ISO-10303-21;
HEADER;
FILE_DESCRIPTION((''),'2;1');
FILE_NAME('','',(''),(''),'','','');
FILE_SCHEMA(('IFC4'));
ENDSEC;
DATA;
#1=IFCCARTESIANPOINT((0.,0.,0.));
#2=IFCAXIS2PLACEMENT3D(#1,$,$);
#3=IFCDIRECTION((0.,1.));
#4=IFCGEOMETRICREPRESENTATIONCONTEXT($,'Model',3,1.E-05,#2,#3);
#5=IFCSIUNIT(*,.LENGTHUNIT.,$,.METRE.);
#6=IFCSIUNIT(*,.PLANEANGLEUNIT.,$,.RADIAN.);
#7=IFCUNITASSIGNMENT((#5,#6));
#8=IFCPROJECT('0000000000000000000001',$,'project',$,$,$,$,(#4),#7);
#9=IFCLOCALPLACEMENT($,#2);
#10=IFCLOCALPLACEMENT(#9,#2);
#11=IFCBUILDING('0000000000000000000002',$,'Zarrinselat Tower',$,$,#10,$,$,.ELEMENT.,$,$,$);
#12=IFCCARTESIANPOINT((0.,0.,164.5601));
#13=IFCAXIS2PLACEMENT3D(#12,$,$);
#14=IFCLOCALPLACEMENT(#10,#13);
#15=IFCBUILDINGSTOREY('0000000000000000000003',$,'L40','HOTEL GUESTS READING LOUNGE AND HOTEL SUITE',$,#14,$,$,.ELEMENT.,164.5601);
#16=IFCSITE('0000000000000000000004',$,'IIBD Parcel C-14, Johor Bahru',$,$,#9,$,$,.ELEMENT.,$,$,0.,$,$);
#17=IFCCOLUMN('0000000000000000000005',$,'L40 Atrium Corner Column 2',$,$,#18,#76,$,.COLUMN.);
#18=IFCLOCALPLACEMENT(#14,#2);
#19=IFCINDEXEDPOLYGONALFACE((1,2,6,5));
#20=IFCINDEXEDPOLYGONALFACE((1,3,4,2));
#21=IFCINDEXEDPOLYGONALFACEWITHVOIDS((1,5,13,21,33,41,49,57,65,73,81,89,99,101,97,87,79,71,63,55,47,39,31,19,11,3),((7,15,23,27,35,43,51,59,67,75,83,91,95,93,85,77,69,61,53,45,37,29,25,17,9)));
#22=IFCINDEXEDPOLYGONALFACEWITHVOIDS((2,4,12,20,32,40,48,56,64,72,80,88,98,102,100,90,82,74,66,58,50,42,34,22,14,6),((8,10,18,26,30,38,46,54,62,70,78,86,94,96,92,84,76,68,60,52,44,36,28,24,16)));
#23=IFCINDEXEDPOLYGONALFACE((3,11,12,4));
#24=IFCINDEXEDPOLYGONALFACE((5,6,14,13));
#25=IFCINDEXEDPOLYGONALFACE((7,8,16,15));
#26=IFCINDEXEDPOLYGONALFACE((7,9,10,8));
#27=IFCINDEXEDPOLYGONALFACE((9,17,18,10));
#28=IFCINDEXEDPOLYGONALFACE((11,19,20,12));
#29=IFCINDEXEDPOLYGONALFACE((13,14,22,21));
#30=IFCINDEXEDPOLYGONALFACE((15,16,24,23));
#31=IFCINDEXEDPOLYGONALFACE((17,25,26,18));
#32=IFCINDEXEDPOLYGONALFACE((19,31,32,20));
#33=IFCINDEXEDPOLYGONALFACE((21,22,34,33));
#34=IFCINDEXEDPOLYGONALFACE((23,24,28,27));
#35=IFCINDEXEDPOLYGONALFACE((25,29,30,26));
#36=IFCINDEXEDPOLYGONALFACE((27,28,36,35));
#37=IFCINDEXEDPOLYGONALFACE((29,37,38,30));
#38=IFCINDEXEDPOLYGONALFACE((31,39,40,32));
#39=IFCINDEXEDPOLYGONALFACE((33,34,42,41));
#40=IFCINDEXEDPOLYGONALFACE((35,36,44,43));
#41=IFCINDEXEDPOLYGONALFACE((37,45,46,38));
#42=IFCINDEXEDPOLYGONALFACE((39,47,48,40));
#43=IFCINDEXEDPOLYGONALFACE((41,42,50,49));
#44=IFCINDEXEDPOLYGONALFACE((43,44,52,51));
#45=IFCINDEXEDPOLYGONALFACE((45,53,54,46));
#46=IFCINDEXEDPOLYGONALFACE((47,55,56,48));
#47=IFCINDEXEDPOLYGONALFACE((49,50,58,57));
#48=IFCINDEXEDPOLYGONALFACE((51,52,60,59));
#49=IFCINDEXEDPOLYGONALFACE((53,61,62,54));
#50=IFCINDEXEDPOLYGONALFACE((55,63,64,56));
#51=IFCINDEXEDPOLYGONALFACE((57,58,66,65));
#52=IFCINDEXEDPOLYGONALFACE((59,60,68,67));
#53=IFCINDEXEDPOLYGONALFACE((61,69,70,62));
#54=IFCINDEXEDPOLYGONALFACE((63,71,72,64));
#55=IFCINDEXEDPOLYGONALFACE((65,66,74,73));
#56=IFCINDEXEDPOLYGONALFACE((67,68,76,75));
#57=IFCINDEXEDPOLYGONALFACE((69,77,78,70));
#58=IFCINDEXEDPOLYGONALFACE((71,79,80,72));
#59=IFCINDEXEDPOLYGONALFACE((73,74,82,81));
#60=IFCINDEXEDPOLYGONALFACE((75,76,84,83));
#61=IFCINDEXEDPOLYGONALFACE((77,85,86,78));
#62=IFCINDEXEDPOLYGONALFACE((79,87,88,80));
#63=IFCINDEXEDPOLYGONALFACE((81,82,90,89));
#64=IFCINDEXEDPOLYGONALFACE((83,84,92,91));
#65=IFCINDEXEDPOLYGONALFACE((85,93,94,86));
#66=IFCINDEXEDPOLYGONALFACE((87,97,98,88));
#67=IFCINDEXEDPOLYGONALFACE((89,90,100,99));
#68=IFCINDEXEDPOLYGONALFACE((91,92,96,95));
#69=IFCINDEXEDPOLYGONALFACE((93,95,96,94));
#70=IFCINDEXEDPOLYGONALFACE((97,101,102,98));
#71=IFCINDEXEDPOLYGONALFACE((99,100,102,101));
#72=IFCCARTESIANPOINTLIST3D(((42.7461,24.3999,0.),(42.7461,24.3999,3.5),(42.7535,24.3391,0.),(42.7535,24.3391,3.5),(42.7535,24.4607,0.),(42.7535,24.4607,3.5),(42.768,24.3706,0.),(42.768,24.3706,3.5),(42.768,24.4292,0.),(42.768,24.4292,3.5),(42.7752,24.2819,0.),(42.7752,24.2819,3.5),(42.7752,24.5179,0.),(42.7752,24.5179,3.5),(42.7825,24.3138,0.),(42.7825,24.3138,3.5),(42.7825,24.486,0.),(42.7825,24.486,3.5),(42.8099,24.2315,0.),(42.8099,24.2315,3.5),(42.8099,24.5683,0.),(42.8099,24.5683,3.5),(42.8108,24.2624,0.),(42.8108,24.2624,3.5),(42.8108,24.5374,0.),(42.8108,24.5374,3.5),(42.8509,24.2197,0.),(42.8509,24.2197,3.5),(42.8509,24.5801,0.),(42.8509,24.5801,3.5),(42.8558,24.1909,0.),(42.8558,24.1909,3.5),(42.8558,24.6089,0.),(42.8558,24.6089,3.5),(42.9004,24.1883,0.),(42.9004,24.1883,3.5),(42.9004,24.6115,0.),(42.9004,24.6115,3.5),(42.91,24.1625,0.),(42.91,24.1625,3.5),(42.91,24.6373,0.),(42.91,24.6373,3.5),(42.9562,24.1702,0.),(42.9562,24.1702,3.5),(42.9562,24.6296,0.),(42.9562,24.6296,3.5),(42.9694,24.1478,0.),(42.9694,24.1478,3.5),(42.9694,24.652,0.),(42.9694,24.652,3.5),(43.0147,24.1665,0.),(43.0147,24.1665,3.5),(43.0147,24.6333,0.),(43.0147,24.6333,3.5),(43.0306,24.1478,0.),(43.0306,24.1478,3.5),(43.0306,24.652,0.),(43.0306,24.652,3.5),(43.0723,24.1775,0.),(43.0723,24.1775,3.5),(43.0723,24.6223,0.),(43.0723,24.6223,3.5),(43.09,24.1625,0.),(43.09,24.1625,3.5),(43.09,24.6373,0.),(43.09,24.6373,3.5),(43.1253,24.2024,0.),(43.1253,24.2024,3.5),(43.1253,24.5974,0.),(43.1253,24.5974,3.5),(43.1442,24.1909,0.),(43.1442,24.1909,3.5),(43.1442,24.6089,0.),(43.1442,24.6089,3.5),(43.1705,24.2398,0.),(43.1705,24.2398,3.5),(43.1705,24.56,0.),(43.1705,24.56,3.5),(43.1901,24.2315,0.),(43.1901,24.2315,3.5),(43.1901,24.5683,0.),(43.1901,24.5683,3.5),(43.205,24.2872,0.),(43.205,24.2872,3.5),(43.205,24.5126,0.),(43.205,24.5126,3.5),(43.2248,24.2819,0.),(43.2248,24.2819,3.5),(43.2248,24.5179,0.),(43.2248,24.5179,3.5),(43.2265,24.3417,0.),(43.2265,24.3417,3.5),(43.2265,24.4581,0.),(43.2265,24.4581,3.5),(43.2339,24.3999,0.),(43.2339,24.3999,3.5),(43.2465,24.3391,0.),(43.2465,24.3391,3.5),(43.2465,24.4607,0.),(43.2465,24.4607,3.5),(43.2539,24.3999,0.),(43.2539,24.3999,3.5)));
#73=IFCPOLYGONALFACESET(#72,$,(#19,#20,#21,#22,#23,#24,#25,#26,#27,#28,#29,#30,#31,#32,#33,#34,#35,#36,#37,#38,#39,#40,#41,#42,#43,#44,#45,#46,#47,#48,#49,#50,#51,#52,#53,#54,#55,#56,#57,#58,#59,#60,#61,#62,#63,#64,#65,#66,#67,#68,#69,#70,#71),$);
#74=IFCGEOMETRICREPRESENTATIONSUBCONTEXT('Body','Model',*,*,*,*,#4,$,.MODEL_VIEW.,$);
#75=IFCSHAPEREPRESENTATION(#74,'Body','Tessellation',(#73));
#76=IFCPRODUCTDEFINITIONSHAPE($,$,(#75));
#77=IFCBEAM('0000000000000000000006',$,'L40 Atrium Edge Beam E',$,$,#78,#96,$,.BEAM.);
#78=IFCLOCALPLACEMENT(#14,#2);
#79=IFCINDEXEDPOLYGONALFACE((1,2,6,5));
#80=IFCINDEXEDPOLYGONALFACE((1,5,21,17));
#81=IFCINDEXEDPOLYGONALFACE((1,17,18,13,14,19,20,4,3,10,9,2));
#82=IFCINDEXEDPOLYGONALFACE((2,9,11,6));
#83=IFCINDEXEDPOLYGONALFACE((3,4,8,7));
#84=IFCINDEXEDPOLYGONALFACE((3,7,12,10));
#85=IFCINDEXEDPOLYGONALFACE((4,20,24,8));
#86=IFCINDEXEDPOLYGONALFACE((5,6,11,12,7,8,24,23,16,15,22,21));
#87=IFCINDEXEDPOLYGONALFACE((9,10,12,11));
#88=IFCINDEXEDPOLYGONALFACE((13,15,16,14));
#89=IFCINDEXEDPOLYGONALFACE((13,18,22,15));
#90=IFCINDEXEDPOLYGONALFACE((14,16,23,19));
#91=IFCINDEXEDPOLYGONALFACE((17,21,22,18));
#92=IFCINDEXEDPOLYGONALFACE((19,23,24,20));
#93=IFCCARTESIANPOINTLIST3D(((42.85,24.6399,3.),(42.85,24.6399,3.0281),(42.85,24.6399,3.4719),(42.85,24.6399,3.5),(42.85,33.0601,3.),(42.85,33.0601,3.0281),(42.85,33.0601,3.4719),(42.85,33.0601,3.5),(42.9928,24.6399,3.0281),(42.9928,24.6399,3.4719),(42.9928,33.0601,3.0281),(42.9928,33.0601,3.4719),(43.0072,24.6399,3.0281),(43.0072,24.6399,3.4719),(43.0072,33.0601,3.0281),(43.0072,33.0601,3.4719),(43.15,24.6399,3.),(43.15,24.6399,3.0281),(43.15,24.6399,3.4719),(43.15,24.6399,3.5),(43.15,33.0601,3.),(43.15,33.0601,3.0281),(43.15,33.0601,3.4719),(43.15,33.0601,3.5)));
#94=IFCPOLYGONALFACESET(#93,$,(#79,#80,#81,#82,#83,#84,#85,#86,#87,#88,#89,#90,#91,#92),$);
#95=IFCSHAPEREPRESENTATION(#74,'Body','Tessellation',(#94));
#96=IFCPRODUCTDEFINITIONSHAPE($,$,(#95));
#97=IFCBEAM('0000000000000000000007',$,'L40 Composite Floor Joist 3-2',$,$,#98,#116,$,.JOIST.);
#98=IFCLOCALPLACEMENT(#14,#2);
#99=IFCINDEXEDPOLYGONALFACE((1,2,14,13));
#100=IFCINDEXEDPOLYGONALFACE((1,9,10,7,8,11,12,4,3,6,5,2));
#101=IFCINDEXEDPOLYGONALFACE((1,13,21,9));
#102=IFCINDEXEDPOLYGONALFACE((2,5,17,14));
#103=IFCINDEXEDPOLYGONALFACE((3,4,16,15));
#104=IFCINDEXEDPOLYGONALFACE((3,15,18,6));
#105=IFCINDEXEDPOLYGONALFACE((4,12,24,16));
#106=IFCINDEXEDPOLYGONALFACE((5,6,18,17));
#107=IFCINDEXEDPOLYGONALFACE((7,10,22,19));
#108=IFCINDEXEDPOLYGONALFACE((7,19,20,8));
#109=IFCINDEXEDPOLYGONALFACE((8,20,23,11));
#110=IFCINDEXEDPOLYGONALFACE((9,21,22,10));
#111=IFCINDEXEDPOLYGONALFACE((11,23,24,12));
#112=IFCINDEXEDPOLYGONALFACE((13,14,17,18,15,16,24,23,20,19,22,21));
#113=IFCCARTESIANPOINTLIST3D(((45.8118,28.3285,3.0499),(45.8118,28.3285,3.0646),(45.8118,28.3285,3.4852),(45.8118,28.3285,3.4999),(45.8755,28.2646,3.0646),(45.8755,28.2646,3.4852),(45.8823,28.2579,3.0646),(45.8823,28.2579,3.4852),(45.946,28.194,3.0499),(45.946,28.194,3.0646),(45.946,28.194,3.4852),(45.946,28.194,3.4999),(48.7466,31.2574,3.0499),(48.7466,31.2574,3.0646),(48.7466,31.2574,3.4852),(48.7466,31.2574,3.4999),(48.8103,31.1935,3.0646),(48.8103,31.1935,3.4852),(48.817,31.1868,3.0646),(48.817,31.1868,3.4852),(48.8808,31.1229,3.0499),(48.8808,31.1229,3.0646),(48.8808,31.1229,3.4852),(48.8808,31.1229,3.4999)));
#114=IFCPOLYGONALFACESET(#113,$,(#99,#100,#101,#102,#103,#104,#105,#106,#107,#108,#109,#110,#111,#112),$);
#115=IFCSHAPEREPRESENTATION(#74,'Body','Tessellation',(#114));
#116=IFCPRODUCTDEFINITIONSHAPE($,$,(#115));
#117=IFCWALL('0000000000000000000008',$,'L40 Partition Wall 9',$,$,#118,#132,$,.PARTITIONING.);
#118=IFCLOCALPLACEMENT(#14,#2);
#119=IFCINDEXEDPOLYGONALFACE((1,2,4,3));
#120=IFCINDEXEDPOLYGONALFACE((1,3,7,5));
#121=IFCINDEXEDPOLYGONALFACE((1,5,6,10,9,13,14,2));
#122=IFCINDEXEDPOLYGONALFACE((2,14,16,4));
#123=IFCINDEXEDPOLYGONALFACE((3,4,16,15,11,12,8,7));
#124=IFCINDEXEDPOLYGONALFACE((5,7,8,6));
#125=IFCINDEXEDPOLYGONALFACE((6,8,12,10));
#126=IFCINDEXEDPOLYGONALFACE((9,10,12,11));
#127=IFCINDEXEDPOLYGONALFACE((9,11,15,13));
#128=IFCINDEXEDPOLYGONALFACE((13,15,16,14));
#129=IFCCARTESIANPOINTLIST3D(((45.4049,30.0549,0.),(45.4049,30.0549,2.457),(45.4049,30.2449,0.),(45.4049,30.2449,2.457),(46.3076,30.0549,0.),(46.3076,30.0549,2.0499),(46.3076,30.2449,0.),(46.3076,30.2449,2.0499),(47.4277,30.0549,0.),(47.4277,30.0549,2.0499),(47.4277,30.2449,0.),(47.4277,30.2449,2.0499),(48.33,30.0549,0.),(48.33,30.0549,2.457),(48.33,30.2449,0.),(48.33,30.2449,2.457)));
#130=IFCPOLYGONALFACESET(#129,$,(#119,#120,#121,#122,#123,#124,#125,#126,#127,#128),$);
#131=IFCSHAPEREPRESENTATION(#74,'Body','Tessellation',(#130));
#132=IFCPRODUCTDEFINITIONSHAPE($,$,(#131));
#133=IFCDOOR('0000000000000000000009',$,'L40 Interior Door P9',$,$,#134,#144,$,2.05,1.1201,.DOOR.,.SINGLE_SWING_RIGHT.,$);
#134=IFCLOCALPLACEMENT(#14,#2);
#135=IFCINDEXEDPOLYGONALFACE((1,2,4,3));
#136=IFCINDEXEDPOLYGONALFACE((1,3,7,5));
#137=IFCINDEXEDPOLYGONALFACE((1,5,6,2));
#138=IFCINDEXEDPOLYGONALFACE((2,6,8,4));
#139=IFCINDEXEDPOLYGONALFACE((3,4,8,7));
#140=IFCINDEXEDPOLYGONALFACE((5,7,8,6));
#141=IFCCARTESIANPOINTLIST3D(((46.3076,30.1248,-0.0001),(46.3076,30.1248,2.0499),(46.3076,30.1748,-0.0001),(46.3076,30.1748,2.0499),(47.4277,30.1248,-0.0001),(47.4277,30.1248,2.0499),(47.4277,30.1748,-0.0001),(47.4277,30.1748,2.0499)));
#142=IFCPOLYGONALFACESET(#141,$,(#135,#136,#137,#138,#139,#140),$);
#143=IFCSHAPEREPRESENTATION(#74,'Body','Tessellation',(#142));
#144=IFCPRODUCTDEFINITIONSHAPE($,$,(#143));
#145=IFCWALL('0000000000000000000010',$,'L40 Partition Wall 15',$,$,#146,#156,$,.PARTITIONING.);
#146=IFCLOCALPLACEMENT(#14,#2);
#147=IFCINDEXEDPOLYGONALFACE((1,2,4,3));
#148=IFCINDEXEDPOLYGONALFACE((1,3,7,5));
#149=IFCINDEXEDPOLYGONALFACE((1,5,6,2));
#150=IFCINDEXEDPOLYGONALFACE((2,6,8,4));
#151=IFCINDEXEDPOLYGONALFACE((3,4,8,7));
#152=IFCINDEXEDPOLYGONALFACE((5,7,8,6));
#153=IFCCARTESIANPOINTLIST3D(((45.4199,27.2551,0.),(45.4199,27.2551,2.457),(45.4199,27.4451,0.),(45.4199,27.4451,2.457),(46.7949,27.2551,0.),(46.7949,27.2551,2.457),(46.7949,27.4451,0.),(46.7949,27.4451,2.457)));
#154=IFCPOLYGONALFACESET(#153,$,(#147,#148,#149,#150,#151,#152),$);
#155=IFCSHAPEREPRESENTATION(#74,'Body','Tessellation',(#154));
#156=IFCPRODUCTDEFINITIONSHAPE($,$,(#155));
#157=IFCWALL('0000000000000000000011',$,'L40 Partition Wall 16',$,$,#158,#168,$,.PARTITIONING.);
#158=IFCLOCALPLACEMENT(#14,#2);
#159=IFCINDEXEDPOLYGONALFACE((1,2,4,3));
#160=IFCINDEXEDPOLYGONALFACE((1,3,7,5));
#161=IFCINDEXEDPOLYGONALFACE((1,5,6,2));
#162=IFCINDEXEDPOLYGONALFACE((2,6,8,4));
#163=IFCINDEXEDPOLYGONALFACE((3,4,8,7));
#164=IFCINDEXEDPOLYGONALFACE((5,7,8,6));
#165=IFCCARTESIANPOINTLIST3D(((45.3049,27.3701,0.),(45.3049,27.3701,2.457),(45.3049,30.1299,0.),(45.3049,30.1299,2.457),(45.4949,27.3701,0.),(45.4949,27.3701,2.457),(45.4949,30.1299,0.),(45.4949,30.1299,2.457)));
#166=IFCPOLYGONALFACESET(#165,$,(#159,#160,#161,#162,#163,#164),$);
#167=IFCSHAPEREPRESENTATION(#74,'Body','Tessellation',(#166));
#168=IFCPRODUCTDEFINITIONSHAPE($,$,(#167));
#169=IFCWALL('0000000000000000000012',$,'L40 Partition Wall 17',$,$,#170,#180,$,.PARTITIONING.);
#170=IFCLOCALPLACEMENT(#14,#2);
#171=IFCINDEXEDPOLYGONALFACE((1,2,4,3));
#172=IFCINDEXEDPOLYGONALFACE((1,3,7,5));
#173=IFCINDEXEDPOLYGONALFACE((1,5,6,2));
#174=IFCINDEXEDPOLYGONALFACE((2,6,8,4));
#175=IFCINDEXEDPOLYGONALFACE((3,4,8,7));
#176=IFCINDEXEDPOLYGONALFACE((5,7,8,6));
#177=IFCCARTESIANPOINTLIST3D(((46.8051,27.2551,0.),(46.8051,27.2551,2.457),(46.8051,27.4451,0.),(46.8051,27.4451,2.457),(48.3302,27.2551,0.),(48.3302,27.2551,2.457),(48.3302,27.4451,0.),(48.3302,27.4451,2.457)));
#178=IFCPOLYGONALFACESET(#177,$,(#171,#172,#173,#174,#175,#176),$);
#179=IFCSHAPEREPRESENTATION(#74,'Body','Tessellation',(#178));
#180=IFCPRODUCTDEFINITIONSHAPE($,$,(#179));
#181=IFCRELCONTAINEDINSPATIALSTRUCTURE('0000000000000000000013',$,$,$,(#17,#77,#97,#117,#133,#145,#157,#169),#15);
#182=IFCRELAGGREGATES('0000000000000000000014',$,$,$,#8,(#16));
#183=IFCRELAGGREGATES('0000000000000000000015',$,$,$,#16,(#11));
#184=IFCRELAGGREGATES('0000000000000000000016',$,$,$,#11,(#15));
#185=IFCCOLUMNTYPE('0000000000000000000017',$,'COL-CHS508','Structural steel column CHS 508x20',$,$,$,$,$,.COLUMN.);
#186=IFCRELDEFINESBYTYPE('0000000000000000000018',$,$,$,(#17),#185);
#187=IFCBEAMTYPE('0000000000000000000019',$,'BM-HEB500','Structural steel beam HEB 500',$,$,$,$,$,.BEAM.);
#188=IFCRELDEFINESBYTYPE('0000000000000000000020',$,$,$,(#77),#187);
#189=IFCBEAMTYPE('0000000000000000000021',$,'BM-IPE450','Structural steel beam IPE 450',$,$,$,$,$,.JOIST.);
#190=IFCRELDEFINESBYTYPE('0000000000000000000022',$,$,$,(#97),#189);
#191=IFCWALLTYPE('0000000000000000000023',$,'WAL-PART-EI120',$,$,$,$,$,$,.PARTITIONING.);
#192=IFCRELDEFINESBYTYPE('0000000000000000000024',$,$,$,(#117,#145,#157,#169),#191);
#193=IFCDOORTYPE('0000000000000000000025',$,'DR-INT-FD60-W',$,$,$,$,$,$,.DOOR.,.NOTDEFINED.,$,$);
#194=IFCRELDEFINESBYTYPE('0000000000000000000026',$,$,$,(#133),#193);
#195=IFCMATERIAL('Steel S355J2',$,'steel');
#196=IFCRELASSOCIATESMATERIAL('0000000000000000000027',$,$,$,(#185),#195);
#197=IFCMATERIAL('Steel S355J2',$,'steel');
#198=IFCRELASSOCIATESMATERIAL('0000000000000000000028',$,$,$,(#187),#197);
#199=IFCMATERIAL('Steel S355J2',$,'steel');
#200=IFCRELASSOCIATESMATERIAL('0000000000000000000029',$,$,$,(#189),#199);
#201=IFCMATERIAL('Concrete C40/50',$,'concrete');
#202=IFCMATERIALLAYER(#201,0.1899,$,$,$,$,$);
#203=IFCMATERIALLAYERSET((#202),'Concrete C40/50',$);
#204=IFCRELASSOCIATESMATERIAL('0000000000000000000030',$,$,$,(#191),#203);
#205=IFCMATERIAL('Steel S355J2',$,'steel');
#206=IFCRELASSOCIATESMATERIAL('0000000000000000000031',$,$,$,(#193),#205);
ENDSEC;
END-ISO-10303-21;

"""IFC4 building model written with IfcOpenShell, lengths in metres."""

from ifc_helpers import new_model, si_unit, direction, frame, frame_2d, origin, origin_2d, place, context, subcontext, project, spatial, rectangle, hollow_circle, i_section, extrude, material, layer, layer_set, material_profile, profile_set, type_object, element, fill, save


model = new_model("IFC4")

# Units and contexts
model_context = context("Model", 3, precision=1e-05, world=origin(), true_north=direction((0.0, 1.0)))
body_context = subcontext(model_context, "Body", "Model", "MODEL_VIEW")
ifc_project = project(units=[si_unit("LENGTHUNIT", "METRE"), si_unit("PLANEANGLEUNIT", "RADIAN")], contexts=[model_context])

# Site, building, storey
site_placement = place(None, origin())
site = spatial("IfcSite", under=ifc_project, at=site_placement, Name="IIBD Parcel C-14, Johor Bahru", CompositionType="ELEMENT", RefElevation=0.0)
building_placement = place(site_placement, origin())
building = spatial("IfcBuilding", under=site, at=building_placement, Name="Zarrinselat Tower", CompositionType="ELEMENT")
storey_placement = place(building_placement, frame((0.0, 0.0, 164.5601)))
storey = spatial("IfcBuildingStorey", under=building, at=storey_placement, Name="L40", Description="HOTEL GUESTS READING LOUNGE AND HOTEL SUITE", CompositionType="ELEMENT", Elevation=164.5601)

# Column
ifc_material_1 = material(Name="Steel S355J2", Category="steel")
ifc_material_profile_1 = material_profile(ifc_material_1, hollow_circle(Radius=0.2539, WallThickness=0.02, at=origin_2d()), Name="CHS 508x20")
ifc_profile_set_1 = profile_set([ifc_material_profile_1], Name="Steel S355J2")
column_type = type_object("IfcColumnType", Name="COL-CHS508", Description="Structural steel column CHS 508x20", PredefinedType="COLUMN", material=ifc_profile_set_1)
column_placement = place(storey_placement, frame((43.0, 24.3999, 0.0), z_axis=(0.0, 0.0, 1.0), x_axis=(1.0, 0.0, 0.0)))
element("IfcColumn", 1, at=column_placement, inside=storey, type_object=column_type, Name="L40 Atrium Corner Column 2", PredefinedType="COLUMN", context=body_context, shape_type="SweptSolid", body=[
    extrude(hollow_circle(Radius=0.2539, WallThickness=0.02, at=origin_2d()), origin(), (0.0, 0.0, 1.0), 3.5),
])

# Beams
ifc_material_2 = material(Name="Steel S355J2", Category="steel")
ifc_material_profile_2 = material_profile(ifc_material_2, i_section(OverallWidth=0.3, OverallDepth=0.5, WebThickness=0.0144, FlangeThickness=0.0281, at=origin_2d()), Name="HEB 500")
ifc_profile_set_2 = profile_set([ifc_material_profile_2], Name="Steel S355J2")
beam_type_1 = type_object("IfcBeamType", Name="BM-HEB500", Description="Structural steel beam HEB 500", PredefinedType="BEAM", material=ifc_profile_set_2)
beam_1_placement = place(storey_placement, frame((43.0, 24.6399, 3.25), z_axis=(0.0, 1.0, 0.0), x_axis=(-1.0, 0.0, 0.0)))
element("IfcBeam", 2, at=beam_1_placement, inside=storey, type_object=beam_type_1, Name="L40 Atrium Edge Beam E", PredefinedType="BEAM", context=body_context, shape_type="SweptSolid", body=[
    extrude(i_section(OverallWidth=0.3, OverallDepth=0.5, WebThickness=0.0144, FlangeThickness=0.0281, at=origin_2d()), origin(), (0.0, 0.0, 1.0), 8.4202),
])
ifc_material_3 = material(Name="Steel S355J2", Category="steel")
ifc_material_profile_3 = material_profile(ifc_material_3, i_section(OverallWidth=0.1899, OverallDepth=0.45, WebThickness=0.0095, FlangeThickness=0.0146, at=origin_2d()), Name="IPE 450")
ifc_profile_set_3 = profile_set([ifc_material_profile_3], Name="Steel S355J2")
beam_type_2 = type_object("IfcBeamType", Name="BM-IPE450", Description="Structural steel beam IPE 450", PredefinedType="JOIST", material=ifc_profile_set_3)
beam_2_placement = place(storey_placement, frame((45.8789, 28.2612, 3.2749), z_axis=(0.707813, 0.7064, 0.0), x_axis=(-0.7064, 0.707813, 0.0)))
element("IfcBeam", 3, at=beam_2_placement, inside=storey, type_object=beam_type_2, Name="L40 Composite Floor Joist 3-2", PredefinedType="JOIST", context=body_context, shape_type="SweptSolid", body=[
    extrude(i_section(OverallWidth=0.1899, OverallDepth=0.45, WebThickness=0.0095, FlangeThickness=0.0146, at=origin_2d()), origin(), (0.0, 0.0, 1.0), 4.1462),
])

# Wall, opening, door
ifc_material_4 = material(Name="Concrete C40/50", Category="concrete")
ifc_layer_1 = layer(ifc_material_4, 0.1899)
ifc_layer_set_1 = layer_set([ifc_layer_1], Name="Concrete C40/50")
wall_type_1 = type_object("IfcWallType", Name="WAL-PART-EI120", PredefinedType="PARTITIONING", material=ifc_layer_set_1)
wall_1_placement = place(storey_placement, frame((45.405, 30.1499, 0.0), z_axis=(0.0, 0.0, 1.0), x_axis=(1.0, 0.0, 0.0)))
wall_1 = element("IfcWall", 4, at=wall_1_placement, inside=storey, type_object=wall_type_1, Name="L40 Partition Wall 9", PredefinedType="PARTITIONING", context=body_context, shape_type="SweptSolid", body=[
    extrude(rectangle(XDim=2.925, YDim=0.1899, at=frame_2d((1.4624, 0.0))), origin(), (0.0, 0.0, 1.0), 2.457),
])
opening_1_placement = place(wall_1_placement, frame((0.9026, 0.0, 0.0)))
opening_1 = element("IfcOpeningElement", 5, at=opening_1_placement, cuts=wall_1, PredefinedType="OPENING", context=body_context, shape_type="SweptSolid", body=[
    extrude(rectangle(XDim=1.1201, YDim=2.05, at=frame_2d((0.5601, 1.0249))), frame((0.0, 0.105, 0.0), z_axis=(0.0, -1.0, 0.0), x_axis=(1.0, 0.0, 0.0)), (0.0, 0.0, 1.0), 0.21),
])
ifc_material_5 = material(Name="Steel S355J2", Category="steel")
door_type_1 = type_object("IfcDoorType", Name="DR-INT-FD60-W", OperationType="NOTDEFINED", PredefinedType="DOOR", material=ifc_material_5)
door_1_placement = place(opening_1_placement, origin())
door_1 = element("IfcDoor", 6, at=door_1_placement, inside=storey, type_object=door_type_1, Name="L40 Interior Door P9", OperationType="SINGLE_SWING_RIGHT", OverallHeight=2.05, OverallWidth=1.1201, PredefinedType="DOOR", context=body_context, shape_type="SweptSolid", body=[
    extrude(rectangle(XDim=1.1201, YDim=2.05, at=frame_2d((0.5601, 1.0249))), frame((0.0, 0.0249, 0.0), z_axis=(0.0, -1.0, 0.0), x_axis=(1.0, 0.0, 0.0)), (0.0, 0.0, 1.0), 0.05),
])
fill(opening_1, door_1)

# Walls
wall_2_placement = place(storey_placement, frame((45.4199, 27.3501, 0.0), z_axis=(0.0, 0.0, 1.0), x_axis=(1.0, 0.0, 0.0)))
element("IfcWall", 7, at=wall_2_placement, inside=storey, type_object=wall_type_1, Name="L40 Partition Wall 15", PredefinedType="PARTITIONING", context=body_context, shape_type="SweptSolid", body=[
    extrude(rectangle(XDim=1.375, YDim=0.1899, at=frame_2d((0.6875, 0.0))), origin(), (0.0, 0.0, 1.0), 2.457),
])
wall_3_placement = place(storey_placement, frame((45.3999, 27.3701, 0.0), z_axis=(0.0, 0.0, 1.0), x_axis=(0.0, 1.0, 0.0)))
element("IfcWall", 8, at=wall_3_placement, inside=storey, type_object=wall_type_1, Name="L40 Partition Wall 16", PredefinedType="PARTITIONING", context=body_context, shape_type="SweptSolid", body=[
    extrude(rectangle(XDim=2.7598, YDim=0.1899, at=frame_2d((1.3799, 0.0))), origin(), (0.0, 0.0, 1.0), 2.457),
])
wall_4_placement = place(storey_placement, frame((46.8049, 27.3501, 0.0), z_axis=(0.0, 0.0, 1.0), x_axis=(1.0, 0.0, 0.0)))
element("IfcWall", 9, at=wall_4_placement, inside=storey, type_object=wall_type_1, Name="L40 Partition Wall 17", PredefinedType="PARTITIONING", context=body_context, shape_type="SweptSolid", body=[
    extrude(rectangle(XDim=1.5251, YDim=0.1899, at=frame_2d((0.7627, 0.0))), origin(), (0.0, 0.0, 1.0), 2.457),
])

save(model, "model.ifc")
